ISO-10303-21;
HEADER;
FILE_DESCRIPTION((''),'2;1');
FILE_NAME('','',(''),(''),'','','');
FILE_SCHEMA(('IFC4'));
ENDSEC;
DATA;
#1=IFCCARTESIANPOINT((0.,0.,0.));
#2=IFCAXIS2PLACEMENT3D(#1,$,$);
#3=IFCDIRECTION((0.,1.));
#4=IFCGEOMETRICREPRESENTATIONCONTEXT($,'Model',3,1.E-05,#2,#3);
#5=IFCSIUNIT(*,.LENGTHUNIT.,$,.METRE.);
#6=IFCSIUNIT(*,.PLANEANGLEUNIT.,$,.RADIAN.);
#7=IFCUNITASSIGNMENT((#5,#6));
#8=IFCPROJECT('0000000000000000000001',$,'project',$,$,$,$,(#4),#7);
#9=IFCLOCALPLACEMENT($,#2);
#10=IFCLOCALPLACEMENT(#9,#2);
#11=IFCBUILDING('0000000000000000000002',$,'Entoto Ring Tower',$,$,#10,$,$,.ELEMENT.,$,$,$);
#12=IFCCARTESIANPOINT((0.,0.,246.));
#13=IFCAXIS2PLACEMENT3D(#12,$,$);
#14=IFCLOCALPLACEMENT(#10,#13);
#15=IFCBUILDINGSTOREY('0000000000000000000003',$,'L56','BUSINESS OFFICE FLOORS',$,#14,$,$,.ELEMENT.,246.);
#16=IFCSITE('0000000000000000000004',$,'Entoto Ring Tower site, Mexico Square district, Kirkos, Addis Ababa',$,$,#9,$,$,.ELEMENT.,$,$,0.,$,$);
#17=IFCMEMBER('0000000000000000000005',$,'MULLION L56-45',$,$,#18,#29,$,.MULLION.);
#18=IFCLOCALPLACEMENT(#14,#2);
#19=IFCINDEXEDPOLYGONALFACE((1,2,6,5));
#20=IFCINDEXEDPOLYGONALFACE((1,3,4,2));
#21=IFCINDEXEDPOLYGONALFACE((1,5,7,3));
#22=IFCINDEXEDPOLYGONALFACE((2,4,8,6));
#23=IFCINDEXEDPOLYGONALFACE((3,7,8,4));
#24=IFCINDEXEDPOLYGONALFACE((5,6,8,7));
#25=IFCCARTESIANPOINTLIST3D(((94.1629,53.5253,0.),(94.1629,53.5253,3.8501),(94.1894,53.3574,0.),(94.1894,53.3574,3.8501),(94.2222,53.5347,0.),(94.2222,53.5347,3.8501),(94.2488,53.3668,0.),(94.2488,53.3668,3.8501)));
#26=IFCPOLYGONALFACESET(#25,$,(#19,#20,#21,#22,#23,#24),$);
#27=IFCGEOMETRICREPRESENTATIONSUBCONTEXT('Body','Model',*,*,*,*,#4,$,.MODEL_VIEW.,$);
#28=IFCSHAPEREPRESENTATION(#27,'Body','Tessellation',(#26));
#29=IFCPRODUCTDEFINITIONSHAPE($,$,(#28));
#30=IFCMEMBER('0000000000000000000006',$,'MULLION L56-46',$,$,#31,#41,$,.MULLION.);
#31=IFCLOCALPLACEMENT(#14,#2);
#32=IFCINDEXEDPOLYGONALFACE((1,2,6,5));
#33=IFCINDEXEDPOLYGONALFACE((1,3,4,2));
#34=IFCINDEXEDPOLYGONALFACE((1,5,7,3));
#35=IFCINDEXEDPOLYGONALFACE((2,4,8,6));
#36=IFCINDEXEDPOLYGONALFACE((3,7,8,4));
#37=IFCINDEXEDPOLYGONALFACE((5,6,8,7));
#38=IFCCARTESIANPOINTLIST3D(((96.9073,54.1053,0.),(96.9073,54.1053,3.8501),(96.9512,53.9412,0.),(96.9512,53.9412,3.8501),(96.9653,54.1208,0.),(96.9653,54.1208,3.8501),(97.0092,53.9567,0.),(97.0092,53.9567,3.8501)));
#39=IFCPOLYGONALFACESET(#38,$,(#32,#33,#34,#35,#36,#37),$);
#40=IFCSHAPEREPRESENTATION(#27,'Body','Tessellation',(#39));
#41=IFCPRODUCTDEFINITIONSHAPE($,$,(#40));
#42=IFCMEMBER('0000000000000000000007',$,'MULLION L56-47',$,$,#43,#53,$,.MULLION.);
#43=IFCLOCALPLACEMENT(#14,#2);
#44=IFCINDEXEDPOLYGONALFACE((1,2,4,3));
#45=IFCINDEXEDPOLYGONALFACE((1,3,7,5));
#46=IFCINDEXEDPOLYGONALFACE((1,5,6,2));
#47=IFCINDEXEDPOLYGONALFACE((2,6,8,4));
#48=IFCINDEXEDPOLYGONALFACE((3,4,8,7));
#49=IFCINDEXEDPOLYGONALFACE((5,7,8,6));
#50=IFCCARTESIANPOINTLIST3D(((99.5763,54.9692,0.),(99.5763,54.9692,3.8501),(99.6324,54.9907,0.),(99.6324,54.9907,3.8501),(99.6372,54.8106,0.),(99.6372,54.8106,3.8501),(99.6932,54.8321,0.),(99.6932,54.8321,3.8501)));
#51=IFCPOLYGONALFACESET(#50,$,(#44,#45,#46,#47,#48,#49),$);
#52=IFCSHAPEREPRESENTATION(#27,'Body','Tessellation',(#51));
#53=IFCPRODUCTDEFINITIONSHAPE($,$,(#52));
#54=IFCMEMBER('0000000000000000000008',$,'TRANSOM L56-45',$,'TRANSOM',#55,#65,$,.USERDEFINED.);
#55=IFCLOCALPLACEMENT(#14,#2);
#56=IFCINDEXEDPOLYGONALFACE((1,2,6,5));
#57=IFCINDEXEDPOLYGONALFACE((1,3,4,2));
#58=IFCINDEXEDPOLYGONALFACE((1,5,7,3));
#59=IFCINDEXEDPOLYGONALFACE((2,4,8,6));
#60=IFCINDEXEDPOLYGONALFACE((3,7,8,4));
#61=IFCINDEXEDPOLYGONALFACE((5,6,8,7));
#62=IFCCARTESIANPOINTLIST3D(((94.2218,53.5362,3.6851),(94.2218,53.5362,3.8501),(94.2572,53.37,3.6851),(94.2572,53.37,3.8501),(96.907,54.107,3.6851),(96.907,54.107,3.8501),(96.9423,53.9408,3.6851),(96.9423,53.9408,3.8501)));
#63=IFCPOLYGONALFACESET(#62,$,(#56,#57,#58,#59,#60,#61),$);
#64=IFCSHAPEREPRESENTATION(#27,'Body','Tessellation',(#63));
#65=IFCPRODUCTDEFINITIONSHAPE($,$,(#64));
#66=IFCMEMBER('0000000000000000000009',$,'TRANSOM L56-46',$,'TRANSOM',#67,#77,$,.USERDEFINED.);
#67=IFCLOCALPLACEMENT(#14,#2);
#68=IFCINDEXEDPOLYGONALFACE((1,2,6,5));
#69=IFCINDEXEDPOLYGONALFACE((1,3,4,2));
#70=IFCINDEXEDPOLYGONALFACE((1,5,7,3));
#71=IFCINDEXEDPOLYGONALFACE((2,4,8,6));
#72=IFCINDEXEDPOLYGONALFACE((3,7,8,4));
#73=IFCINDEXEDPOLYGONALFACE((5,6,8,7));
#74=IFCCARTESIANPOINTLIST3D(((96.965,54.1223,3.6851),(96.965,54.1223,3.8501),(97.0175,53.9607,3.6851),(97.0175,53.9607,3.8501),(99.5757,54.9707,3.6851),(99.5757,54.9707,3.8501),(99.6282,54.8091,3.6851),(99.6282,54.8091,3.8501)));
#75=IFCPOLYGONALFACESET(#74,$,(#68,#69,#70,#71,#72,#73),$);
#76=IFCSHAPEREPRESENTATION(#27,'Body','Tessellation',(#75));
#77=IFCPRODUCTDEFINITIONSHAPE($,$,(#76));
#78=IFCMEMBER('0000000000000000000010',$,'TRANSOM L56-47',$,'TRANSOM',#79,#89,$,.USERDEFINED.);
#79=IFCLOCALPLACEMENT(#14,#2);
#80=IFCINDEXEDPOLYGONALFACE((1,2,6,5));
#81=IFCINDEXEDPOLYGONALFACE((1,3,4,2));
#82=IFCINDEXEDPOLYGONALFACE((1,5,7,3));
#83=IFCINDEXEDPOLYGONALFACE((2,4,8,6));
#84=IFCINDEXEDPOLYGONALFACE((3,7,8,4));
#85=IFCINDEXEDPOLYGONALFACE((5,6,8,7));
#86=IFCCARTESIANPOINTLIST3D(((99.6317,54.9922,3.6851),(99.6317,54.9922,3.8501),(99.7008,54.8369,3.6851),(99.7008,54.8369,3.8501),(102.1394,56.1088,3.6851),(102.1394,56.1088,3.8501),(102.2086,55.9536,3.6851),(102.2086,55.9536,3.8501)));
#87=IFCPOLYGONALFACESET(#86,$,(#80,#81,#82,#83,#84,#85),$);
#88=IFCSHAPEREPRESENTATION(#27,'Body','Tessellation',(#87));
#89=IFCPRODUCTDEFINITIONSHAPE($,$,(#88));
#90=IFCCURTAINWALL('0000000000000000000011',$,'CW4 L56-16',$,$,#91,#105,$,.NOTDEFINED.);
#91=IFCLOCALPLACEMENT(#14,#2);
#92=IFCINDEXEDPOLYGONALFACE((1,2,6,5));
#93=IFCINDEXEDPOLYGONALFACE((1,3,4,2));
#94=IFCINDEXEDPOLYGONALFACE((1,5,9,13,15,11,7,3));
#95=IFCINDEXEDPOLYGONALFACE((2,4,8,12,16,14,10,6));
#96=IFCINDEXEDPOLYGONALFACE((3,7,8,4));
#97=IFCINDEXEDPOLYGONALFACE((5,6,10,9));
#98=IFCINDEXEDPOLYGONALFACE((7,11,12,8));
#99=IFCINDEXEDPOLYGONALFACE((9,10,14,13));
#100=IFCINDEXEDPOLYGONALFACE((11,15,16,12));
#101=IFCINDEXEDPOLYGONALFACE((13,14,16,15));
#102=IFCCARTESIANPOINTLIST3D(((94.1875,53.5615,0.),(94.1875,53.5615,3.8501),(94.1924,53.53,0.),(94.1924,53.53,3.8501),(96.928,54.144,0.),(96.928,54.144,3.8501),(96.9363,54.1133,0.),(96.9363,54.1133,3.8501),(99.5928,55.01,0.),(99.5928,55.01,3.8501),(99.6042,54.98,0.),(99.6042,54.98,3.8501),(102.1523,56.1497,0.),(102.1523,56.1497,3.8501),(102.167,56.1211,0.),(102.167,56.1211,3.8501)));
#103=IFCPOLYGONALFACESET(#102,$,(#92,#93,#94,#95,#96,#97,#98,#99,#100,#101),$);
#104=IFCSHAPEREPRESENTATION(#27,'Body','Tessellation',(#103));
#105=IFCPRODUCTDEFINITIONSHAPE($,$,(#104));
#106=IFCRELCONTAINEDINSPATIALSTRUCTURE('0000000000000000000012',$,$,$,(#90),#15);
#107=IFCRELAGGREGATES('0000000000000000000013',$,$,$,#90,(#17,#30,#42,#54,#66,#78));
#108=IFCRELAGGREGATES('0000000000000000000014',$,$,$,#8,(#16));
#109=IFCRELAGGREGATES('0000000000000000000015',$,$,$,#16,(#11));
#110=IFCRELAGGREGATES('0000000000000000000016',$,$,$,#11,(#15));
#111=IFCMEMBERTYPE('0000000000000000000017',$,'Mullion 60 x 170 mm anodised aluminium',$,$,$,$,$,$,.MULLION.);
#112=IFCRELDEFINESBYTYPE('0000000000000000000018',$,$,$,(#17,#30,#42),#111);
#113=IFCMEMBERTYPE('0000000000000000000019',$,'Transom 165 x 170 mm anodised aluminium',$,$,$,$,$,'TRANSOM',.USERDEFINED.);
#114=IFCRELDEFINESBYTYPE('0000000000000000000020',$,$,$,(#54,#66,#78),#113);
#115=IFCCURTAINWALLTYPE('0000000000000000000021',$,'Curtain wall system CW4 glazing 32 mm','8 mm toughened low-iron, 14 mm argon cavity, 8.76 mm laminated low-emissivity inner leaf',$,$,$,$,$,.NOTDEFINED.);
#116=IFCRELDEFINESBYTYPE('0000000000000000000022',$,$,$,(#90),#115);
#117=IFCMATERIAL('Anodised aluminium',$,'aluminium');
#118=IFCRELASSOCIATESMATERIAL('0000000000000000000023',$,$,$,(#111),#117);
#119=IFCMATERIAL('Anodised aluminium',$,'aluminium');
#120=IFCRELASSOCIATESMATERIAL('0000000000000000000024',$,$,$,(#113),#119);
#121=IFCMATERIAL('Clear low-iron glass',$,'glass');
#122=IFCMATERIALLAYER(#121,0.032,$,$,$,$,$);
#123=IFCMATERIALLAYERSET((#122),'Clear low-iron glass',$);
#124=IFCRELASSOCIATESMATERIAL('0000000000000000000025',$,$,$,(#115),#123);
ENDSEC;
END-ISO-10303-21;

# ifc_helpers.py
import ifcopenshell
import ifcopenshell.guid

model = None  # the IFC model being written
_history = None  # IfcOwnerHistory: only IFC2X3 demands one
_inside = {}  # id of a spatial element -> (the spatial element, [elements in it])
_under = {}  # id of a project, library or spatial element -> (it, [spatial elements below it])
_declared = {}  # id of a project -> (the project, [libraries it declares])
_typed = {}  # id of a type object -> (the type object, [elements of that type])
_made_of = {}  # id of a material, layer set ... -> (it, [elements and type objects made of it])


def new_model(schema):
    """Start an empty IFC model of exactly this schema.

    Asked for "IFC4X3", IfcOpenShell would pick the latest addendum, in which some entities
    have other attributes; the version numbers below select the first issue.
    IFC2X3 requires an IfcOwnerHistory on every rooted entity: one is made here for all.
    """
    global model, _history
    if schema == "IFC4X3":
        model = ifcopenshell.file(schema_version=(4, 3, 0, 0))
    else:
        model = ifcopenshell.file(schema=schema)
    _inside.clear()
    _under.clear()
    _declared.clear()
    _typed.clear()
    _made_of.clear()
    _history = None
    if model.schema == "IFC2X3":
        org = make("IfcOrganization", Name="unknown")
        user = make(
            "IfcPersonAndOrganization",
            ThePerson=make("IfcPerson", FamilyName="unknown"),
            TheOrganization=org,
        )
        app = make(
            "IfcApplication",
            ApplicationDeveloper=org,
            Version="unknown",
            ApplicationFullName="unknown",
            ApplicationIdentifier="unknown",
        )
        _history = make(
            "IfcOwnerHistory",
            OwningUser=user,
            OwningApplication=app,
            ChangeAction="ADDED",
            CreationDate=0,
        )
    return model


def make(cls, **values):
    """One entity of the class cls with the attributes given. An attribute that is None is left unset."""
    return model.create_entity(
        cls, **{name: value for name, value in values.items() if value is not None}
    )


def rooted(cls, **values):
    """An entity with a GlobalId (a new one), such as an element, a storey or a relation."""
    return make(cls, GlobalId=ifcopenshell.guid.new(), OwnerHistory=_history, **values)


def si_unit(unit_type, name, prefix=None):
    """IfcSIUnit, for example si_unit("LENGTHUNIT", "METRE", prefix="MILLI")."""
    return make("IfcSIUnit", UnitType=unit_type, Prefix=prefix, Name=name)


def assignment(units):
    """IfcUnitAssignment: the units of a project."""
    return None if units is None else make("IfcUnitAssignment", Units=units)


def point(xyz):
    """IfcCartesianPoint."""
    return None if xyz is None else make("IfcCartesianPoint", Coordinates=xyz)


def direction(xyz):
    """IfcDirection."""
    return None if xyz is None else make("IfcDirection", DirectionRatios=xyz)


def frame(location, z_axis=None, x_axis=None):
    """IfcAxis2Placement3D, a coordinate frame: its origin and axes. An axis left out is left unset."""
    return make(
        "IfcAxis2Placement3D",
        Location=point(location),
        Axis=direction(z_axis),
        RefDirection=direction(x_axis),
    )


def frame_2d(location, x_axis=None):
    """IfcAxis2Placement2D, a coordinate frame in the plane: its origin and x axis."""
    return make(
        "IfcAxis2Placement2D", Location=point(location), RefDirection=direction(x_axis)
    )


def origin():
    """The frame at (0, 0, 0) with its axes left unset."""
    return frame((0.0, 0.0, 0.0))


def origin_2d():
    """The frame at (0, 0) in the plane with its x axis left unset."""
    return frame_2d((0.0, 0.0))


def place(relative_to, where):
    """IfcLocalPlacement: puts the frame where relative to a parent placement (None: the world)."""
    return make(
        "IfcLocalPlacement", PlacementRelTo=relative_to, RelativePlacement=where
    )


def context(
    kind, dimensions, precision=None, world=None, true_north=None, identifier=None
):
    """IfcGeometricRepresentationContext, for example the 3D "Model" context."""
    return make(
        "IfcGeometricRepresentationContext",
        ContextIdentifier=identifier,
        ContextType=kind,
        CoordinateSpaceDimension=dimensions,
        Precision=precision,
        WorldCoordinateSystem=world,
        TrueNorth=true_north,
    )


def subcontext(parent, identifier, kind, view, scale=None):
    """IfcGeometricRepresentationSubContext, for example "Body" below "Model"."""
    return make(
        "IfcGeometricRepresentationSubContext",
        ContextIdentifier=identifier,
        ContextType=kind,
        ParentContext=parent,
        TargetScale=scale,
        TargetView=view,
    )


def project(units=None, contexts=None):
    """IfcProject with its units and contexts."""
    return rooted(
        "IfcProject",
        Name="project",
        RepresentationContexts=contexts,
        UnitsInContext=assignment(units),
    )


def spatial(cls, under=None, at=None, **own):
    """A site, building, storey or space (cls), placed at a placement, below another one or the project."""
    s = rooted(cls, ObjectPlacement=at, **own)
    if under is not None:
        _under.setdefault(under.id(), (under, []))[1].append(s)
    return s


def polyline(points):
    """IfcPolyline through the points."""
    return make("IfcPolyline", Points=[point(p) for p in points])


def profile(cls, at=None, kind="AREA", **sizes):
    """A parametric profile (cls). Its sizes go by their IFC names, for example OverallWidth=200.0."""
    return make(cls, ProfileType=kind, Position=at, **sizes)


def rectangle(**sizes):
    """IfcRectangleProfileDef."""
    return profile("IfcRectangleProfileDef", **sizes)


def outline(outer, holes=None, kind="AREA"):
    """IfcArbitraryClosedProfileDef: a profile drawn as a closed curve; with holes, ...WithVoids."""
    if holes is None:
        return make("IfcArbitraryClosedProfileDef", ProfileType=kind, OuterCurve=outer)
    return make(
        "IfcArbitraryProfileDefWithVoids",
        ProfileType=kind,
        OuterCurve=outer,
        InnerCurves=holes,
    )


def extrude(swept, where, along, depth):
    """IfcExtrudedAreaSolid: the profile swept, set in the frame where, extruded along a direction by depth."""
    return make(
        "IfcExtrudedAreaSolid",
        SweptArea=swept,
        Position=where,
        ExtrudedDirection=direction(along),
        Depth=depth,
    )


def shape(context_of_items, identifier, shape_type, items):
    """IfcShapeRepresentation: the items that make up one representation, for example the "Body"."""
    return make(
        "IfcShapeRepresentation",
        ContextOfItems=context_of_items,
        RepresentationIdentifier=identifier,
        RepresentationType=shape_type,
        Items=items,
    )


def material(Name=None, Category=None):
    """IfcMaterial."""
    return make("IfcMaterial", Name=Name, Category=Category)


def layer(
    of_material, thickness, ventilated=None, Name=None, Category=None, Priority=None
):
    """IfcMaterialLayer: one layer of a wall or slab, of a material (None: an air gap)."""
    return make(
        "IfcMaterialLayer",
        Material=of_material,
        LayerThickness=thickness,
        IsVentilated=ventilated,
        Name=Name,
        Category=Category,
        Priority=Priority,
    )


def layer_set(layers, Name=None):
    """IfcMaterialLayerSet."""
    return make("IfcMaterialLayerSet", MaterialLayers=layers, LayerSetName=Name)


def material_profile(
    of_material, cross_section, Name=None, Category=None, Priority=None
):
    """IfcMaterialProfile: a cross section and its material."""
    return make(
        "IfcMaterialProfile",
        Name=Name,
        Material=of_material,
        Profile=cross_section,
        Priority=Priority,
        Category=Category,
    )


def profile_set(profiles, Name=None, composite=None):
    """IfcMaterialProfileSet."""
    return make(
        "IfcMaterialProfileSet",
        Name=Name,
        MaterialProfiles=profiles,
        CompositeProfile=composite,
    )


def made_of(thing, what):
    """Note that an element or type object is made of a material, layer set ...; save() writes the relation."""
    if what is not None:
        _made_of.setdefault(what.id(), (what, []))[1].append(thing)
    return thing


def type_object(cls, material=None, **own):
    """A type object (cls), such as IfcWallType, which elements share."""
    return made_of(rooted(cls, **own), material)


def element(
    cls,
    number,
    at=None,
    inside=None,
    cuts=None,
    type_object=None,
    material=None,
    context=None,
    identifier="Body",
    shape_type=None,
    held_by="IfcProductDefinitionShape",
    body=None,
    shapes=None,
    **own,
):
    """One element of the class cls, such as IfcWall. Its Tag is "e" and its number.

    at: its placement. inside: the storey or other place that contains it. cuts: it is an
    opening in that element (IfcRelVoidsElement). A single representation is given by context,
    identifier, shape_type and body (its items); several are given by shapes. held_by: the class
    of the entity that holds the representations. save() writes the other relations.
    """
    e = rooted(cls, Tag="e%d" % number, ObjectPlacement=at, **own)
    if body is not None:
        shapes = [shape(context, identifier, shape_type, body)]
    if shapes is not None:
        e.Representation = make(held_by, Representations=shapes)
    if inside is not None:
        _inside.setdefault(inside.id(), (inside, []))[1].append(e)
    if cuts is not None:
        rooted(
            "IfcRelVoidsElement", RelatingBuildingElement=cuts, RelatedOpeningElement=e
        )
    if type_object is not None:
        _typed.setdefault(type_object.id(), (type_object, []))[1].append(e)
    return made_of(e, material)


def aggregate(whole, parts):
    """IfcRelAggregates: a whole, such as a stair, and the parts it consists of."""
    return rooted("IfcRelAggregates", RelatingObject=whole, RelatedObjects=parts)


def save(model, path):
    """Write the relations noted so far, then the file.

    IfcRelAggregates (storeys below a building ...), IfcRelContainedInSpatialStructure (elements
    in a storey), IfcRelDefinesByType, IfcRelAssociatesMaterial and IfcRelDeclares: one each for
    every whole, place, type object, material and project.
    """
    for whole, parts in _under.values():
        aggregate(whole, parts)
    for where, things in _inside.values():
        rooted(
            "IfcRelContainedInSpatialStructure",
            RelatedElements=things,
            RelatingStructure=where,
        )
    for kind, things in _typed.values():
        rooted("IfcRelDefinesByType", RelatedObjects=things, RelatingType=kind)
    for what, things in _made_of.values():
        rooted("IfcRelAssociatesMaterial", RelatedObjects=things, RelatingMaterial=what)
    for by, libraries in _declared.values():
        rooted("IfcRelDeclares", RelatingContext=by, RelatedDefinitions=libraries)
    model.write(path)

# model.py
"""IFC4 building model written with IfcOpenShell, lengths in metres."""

from ifc_helpers import new_model, si_unit, direction, frame, origin, origin_2d, place, context, subcontext, project, spatial, polyline, rectangle, outline, extrude, material, layer, layer_set, material_profile, profile_set, type_object, element, aggregate, save


model = new_model("IFC4")

# Units and contexts
model_context = context("Model", 3, precision=1e-05, world=origin(), true_north=direction((0.0, 1.0)))
body_context = subcontext(model_context, "Body", "Model", "MODEL_VIEW")
ifc_project = project(units=[si_unit("LENGTHUNIT", "METRE"), si_unit("PLANEANGLEUNIT", "RADIAN")], contexts=[model_context])

# Members
ifc_material_1 = material(Name="Anodised aluminium", Category="aluminium")
ifc_material_profile_1 = material_profile(ifc_material_1, rectangle(XDim=0.0601, YDim=0.1699, at=origin_2d()), Name="Mullion 60 x 170 mm anodised aluminium")
ifc_profile_set_1 = profile_set([ifc_material_profile_1], Name="Anodised aluminium")
member_type_1 = type_object("IfcMemberType", Name="Mullion 60 x 170 mm anodised aluminium", PredefinedType="MULLION", material=ifc_profile_set_1)
site_placement = place(None, origin())
building_placement = place(site_placement, origin())
storey_placement = place(building_placement, frame((0.0, 0.0, 246.0)))
member_1_placement = place(storey_placement, frame((94.2058, 53.446, 0.0), z_axis=(0.0, 0.0, 1.0), x_axis=(0.987688, 0.156434, 0.0)))
member_1 = element("IfcMember", 1, at=member_1_placement, type_object=member_type_1, Name="MULLION L56-45", PredefinedType="MULLION", context=body_context, shape_type="SweptSolid", body=[
    extrude(rectangle(XDim=0.0601, YDim=0.1699, at=origin_2d()), origin(), (0.0, 0.0, 1.0), 3.8501),
])
member_2_placement = place(storey_placement, frame((96.9583, 54.031, 0.0), z_axis=(0.0, 0.0, 1.0), x_axis=(0.965926, 0.258819, 0.0)))
member_2 = element("IfcMember", 2, at=member_2_placement, type_object=member_type_1, Name="MULLION L56-46", PredefinedType="MULLION", context=body_context, shape_type="SweptSolid", body=[
    extrude(rectangle(XDim=0.0601, YDim=0.1699, at=origin_2d()), origin(), (0.0, 0.0, 1.0), 3.8501),
])
member_3_placement = place(storey_placement, frame((99.6348, 54.9006, 0.0), z_axis=(0.0, 0.0, 1.0), x_axis=(0.93358, 0.358368, 0.0)))
member_3 = element("IfcMember", 3, at=member_3_placement, type_object=member_type_1, Name="MULLION L56-47", PredefinedType="MULLION", context=body_context, shape_type="SweptSolid", body=[
    extrude(rectangle(XDim=0.0601, YDim=0.1699, at=origin_2d()), origin(), (0.0, 0.0, 1.0), 3.8501),
])
ifc_material_2 = material(Name="Anodised aluminium", Category="aluminium")
ifc_material_profile_2 = material_profile(ifc_material_2, rectangle(XDim=0.1699, YDim=0.165, at=origin_2d()), Name="Transom 165 x 170 mm anodised aluminium")
ifc_profile_set_2 = profile_set([ifc_material_profile_2], Name="Anodised aluminium")
member_type_2 = type_object("IfcMemberType", Name="Transom 165 x 170 mm anodised aluminium", ElementType="TRANSOM", PredefinedType="USERDEFINED", material=ifc_profile_set_2)
member_4_placement = place(storey_placement, frame((94.2395, 53.4531, 3.7676), z_axis=(0.978142, 0.207937, 0.0), x_axis=(-0.207937, 0.978142, 0.0)))
member_4 = element("IfcMember", 4, at=member_4_placement, type_object=member_type_2, Name="TRANSOM L56-45", ObjectType="TRANSOM", PredefinedType="USERDEFINED", context=body_context, shape_type="SweptSolid", body=[
    extrude(rectangle(XDim=0.1699, YDim=0.165, at=origin_2d()), origin(), (0.0, 0.0, 1.0), 2.7451),
])
member_5_placement = place(storey_placement, frame((96.9912, 54.0415, 3.7676), z_axis=(0.951048, 0.309042, 0.0), x_axis=(-0.309042, 0.951048, 0.0)))
member_5 = element("IfcMember", 5, at=member_5_placement, type_object=member_type_2, Name="TRANSOM L56-46", ObjectType="TRANSOM", PredefinedType="USERDEFINED", context=body_context, shape_type="SweptSolid", body=[
    extrude(rectangle(XDim=0.1699, YDim=0.165, at=origin_2d()), origin(), (0.0, 0.0, 1.0), 2.7451),
])
member_6_placement = place(storey_placement, frame((99.6663, 54.9146, 3.7676), z_axis=(0.913525, 0.406782, 0.0), x_axis=(-0.406782, 0.913525, 0.0)))
member_6 = element("IfcMember", 6, at=member_6_placement, type_object=member_type_2, Name="TRANSOM L56-47", ObjectType="TRANSOM", PredefinedType="USERDEFINED", context=body_context, shape_type="SweptSolid", body=[
    extrude(rectangle(XDim=0.1699, YDim=0.165, at=origin_2d()), origin(), (0.0, 0.0, 1.0), 2.7451),
])

# Site, building, storey
site = spatial("IfcSite", under=ifc_project, at=site_placement, Name="Entoto Ring Tower site, Mexico Square district, Kirkos, Addis Ababa", CompositionType="ELEMENT", RefElevation=0.0)
building = spatial("IfcBuilding", under=site, at=building_placement, Name="Entoto Ring Tower", CompositionType="ELEMENT")
storey = spatial("IfcBuildingStorey", under=building, at=storey_placement, Name="L56", Description="BUSINESS OFFICE FLOORS", CompositionType="ELEMENT", Elevation=246.0)

# Curtain wall
ifc_material_3 = material(Name="Clear low-iron glass", Category="glass")
ifc_layer = layer(ifc_material_3, 0.032)
ifc_layer_set = layer_set([ifc_layer], Name="Clear low-iron glass")
curtain_wall_type = type_object("IfcCurtainWallType", Name="Curtain wall system CW4 glazing 32 mm", Description="8 mm toughened low-iron, 14 mm argon cavity, 8.76 mm laminated low-emissivity inner leaf", PredefinedType="NOTDEFINED", material=ifc_layer_set)
curtain_wall_1_placement = place(storey_placement, origin())
curtain_wall_1 = element("IfcCurtainWall", 7, at=curtain_wall_1_placement, inside=storey, type_object=curtain_wall_type, Name="CW4 L56-16", PredefinedType="NOTDEFINED", context=body_context, shape_type="SweptSolid", body=[
    extrude(outline(polyline([(94.1924, 53.53), (96.9363, 54.1133), (99.6042, 54.98), (102.167, 56.1211), (102.1523, 56.1497), (99.5928, 55.01), (96.928, 54.144), (94.1875, 53.5615), (94.1924, 53.53)])), origin(), (0.0, 0.0, 1.0), 3.8501),
])
aggregate(curtain_wall_1, [member_1, member_2, member_3, member_4, member_5, member_6])

save(model, "model.ifc")
